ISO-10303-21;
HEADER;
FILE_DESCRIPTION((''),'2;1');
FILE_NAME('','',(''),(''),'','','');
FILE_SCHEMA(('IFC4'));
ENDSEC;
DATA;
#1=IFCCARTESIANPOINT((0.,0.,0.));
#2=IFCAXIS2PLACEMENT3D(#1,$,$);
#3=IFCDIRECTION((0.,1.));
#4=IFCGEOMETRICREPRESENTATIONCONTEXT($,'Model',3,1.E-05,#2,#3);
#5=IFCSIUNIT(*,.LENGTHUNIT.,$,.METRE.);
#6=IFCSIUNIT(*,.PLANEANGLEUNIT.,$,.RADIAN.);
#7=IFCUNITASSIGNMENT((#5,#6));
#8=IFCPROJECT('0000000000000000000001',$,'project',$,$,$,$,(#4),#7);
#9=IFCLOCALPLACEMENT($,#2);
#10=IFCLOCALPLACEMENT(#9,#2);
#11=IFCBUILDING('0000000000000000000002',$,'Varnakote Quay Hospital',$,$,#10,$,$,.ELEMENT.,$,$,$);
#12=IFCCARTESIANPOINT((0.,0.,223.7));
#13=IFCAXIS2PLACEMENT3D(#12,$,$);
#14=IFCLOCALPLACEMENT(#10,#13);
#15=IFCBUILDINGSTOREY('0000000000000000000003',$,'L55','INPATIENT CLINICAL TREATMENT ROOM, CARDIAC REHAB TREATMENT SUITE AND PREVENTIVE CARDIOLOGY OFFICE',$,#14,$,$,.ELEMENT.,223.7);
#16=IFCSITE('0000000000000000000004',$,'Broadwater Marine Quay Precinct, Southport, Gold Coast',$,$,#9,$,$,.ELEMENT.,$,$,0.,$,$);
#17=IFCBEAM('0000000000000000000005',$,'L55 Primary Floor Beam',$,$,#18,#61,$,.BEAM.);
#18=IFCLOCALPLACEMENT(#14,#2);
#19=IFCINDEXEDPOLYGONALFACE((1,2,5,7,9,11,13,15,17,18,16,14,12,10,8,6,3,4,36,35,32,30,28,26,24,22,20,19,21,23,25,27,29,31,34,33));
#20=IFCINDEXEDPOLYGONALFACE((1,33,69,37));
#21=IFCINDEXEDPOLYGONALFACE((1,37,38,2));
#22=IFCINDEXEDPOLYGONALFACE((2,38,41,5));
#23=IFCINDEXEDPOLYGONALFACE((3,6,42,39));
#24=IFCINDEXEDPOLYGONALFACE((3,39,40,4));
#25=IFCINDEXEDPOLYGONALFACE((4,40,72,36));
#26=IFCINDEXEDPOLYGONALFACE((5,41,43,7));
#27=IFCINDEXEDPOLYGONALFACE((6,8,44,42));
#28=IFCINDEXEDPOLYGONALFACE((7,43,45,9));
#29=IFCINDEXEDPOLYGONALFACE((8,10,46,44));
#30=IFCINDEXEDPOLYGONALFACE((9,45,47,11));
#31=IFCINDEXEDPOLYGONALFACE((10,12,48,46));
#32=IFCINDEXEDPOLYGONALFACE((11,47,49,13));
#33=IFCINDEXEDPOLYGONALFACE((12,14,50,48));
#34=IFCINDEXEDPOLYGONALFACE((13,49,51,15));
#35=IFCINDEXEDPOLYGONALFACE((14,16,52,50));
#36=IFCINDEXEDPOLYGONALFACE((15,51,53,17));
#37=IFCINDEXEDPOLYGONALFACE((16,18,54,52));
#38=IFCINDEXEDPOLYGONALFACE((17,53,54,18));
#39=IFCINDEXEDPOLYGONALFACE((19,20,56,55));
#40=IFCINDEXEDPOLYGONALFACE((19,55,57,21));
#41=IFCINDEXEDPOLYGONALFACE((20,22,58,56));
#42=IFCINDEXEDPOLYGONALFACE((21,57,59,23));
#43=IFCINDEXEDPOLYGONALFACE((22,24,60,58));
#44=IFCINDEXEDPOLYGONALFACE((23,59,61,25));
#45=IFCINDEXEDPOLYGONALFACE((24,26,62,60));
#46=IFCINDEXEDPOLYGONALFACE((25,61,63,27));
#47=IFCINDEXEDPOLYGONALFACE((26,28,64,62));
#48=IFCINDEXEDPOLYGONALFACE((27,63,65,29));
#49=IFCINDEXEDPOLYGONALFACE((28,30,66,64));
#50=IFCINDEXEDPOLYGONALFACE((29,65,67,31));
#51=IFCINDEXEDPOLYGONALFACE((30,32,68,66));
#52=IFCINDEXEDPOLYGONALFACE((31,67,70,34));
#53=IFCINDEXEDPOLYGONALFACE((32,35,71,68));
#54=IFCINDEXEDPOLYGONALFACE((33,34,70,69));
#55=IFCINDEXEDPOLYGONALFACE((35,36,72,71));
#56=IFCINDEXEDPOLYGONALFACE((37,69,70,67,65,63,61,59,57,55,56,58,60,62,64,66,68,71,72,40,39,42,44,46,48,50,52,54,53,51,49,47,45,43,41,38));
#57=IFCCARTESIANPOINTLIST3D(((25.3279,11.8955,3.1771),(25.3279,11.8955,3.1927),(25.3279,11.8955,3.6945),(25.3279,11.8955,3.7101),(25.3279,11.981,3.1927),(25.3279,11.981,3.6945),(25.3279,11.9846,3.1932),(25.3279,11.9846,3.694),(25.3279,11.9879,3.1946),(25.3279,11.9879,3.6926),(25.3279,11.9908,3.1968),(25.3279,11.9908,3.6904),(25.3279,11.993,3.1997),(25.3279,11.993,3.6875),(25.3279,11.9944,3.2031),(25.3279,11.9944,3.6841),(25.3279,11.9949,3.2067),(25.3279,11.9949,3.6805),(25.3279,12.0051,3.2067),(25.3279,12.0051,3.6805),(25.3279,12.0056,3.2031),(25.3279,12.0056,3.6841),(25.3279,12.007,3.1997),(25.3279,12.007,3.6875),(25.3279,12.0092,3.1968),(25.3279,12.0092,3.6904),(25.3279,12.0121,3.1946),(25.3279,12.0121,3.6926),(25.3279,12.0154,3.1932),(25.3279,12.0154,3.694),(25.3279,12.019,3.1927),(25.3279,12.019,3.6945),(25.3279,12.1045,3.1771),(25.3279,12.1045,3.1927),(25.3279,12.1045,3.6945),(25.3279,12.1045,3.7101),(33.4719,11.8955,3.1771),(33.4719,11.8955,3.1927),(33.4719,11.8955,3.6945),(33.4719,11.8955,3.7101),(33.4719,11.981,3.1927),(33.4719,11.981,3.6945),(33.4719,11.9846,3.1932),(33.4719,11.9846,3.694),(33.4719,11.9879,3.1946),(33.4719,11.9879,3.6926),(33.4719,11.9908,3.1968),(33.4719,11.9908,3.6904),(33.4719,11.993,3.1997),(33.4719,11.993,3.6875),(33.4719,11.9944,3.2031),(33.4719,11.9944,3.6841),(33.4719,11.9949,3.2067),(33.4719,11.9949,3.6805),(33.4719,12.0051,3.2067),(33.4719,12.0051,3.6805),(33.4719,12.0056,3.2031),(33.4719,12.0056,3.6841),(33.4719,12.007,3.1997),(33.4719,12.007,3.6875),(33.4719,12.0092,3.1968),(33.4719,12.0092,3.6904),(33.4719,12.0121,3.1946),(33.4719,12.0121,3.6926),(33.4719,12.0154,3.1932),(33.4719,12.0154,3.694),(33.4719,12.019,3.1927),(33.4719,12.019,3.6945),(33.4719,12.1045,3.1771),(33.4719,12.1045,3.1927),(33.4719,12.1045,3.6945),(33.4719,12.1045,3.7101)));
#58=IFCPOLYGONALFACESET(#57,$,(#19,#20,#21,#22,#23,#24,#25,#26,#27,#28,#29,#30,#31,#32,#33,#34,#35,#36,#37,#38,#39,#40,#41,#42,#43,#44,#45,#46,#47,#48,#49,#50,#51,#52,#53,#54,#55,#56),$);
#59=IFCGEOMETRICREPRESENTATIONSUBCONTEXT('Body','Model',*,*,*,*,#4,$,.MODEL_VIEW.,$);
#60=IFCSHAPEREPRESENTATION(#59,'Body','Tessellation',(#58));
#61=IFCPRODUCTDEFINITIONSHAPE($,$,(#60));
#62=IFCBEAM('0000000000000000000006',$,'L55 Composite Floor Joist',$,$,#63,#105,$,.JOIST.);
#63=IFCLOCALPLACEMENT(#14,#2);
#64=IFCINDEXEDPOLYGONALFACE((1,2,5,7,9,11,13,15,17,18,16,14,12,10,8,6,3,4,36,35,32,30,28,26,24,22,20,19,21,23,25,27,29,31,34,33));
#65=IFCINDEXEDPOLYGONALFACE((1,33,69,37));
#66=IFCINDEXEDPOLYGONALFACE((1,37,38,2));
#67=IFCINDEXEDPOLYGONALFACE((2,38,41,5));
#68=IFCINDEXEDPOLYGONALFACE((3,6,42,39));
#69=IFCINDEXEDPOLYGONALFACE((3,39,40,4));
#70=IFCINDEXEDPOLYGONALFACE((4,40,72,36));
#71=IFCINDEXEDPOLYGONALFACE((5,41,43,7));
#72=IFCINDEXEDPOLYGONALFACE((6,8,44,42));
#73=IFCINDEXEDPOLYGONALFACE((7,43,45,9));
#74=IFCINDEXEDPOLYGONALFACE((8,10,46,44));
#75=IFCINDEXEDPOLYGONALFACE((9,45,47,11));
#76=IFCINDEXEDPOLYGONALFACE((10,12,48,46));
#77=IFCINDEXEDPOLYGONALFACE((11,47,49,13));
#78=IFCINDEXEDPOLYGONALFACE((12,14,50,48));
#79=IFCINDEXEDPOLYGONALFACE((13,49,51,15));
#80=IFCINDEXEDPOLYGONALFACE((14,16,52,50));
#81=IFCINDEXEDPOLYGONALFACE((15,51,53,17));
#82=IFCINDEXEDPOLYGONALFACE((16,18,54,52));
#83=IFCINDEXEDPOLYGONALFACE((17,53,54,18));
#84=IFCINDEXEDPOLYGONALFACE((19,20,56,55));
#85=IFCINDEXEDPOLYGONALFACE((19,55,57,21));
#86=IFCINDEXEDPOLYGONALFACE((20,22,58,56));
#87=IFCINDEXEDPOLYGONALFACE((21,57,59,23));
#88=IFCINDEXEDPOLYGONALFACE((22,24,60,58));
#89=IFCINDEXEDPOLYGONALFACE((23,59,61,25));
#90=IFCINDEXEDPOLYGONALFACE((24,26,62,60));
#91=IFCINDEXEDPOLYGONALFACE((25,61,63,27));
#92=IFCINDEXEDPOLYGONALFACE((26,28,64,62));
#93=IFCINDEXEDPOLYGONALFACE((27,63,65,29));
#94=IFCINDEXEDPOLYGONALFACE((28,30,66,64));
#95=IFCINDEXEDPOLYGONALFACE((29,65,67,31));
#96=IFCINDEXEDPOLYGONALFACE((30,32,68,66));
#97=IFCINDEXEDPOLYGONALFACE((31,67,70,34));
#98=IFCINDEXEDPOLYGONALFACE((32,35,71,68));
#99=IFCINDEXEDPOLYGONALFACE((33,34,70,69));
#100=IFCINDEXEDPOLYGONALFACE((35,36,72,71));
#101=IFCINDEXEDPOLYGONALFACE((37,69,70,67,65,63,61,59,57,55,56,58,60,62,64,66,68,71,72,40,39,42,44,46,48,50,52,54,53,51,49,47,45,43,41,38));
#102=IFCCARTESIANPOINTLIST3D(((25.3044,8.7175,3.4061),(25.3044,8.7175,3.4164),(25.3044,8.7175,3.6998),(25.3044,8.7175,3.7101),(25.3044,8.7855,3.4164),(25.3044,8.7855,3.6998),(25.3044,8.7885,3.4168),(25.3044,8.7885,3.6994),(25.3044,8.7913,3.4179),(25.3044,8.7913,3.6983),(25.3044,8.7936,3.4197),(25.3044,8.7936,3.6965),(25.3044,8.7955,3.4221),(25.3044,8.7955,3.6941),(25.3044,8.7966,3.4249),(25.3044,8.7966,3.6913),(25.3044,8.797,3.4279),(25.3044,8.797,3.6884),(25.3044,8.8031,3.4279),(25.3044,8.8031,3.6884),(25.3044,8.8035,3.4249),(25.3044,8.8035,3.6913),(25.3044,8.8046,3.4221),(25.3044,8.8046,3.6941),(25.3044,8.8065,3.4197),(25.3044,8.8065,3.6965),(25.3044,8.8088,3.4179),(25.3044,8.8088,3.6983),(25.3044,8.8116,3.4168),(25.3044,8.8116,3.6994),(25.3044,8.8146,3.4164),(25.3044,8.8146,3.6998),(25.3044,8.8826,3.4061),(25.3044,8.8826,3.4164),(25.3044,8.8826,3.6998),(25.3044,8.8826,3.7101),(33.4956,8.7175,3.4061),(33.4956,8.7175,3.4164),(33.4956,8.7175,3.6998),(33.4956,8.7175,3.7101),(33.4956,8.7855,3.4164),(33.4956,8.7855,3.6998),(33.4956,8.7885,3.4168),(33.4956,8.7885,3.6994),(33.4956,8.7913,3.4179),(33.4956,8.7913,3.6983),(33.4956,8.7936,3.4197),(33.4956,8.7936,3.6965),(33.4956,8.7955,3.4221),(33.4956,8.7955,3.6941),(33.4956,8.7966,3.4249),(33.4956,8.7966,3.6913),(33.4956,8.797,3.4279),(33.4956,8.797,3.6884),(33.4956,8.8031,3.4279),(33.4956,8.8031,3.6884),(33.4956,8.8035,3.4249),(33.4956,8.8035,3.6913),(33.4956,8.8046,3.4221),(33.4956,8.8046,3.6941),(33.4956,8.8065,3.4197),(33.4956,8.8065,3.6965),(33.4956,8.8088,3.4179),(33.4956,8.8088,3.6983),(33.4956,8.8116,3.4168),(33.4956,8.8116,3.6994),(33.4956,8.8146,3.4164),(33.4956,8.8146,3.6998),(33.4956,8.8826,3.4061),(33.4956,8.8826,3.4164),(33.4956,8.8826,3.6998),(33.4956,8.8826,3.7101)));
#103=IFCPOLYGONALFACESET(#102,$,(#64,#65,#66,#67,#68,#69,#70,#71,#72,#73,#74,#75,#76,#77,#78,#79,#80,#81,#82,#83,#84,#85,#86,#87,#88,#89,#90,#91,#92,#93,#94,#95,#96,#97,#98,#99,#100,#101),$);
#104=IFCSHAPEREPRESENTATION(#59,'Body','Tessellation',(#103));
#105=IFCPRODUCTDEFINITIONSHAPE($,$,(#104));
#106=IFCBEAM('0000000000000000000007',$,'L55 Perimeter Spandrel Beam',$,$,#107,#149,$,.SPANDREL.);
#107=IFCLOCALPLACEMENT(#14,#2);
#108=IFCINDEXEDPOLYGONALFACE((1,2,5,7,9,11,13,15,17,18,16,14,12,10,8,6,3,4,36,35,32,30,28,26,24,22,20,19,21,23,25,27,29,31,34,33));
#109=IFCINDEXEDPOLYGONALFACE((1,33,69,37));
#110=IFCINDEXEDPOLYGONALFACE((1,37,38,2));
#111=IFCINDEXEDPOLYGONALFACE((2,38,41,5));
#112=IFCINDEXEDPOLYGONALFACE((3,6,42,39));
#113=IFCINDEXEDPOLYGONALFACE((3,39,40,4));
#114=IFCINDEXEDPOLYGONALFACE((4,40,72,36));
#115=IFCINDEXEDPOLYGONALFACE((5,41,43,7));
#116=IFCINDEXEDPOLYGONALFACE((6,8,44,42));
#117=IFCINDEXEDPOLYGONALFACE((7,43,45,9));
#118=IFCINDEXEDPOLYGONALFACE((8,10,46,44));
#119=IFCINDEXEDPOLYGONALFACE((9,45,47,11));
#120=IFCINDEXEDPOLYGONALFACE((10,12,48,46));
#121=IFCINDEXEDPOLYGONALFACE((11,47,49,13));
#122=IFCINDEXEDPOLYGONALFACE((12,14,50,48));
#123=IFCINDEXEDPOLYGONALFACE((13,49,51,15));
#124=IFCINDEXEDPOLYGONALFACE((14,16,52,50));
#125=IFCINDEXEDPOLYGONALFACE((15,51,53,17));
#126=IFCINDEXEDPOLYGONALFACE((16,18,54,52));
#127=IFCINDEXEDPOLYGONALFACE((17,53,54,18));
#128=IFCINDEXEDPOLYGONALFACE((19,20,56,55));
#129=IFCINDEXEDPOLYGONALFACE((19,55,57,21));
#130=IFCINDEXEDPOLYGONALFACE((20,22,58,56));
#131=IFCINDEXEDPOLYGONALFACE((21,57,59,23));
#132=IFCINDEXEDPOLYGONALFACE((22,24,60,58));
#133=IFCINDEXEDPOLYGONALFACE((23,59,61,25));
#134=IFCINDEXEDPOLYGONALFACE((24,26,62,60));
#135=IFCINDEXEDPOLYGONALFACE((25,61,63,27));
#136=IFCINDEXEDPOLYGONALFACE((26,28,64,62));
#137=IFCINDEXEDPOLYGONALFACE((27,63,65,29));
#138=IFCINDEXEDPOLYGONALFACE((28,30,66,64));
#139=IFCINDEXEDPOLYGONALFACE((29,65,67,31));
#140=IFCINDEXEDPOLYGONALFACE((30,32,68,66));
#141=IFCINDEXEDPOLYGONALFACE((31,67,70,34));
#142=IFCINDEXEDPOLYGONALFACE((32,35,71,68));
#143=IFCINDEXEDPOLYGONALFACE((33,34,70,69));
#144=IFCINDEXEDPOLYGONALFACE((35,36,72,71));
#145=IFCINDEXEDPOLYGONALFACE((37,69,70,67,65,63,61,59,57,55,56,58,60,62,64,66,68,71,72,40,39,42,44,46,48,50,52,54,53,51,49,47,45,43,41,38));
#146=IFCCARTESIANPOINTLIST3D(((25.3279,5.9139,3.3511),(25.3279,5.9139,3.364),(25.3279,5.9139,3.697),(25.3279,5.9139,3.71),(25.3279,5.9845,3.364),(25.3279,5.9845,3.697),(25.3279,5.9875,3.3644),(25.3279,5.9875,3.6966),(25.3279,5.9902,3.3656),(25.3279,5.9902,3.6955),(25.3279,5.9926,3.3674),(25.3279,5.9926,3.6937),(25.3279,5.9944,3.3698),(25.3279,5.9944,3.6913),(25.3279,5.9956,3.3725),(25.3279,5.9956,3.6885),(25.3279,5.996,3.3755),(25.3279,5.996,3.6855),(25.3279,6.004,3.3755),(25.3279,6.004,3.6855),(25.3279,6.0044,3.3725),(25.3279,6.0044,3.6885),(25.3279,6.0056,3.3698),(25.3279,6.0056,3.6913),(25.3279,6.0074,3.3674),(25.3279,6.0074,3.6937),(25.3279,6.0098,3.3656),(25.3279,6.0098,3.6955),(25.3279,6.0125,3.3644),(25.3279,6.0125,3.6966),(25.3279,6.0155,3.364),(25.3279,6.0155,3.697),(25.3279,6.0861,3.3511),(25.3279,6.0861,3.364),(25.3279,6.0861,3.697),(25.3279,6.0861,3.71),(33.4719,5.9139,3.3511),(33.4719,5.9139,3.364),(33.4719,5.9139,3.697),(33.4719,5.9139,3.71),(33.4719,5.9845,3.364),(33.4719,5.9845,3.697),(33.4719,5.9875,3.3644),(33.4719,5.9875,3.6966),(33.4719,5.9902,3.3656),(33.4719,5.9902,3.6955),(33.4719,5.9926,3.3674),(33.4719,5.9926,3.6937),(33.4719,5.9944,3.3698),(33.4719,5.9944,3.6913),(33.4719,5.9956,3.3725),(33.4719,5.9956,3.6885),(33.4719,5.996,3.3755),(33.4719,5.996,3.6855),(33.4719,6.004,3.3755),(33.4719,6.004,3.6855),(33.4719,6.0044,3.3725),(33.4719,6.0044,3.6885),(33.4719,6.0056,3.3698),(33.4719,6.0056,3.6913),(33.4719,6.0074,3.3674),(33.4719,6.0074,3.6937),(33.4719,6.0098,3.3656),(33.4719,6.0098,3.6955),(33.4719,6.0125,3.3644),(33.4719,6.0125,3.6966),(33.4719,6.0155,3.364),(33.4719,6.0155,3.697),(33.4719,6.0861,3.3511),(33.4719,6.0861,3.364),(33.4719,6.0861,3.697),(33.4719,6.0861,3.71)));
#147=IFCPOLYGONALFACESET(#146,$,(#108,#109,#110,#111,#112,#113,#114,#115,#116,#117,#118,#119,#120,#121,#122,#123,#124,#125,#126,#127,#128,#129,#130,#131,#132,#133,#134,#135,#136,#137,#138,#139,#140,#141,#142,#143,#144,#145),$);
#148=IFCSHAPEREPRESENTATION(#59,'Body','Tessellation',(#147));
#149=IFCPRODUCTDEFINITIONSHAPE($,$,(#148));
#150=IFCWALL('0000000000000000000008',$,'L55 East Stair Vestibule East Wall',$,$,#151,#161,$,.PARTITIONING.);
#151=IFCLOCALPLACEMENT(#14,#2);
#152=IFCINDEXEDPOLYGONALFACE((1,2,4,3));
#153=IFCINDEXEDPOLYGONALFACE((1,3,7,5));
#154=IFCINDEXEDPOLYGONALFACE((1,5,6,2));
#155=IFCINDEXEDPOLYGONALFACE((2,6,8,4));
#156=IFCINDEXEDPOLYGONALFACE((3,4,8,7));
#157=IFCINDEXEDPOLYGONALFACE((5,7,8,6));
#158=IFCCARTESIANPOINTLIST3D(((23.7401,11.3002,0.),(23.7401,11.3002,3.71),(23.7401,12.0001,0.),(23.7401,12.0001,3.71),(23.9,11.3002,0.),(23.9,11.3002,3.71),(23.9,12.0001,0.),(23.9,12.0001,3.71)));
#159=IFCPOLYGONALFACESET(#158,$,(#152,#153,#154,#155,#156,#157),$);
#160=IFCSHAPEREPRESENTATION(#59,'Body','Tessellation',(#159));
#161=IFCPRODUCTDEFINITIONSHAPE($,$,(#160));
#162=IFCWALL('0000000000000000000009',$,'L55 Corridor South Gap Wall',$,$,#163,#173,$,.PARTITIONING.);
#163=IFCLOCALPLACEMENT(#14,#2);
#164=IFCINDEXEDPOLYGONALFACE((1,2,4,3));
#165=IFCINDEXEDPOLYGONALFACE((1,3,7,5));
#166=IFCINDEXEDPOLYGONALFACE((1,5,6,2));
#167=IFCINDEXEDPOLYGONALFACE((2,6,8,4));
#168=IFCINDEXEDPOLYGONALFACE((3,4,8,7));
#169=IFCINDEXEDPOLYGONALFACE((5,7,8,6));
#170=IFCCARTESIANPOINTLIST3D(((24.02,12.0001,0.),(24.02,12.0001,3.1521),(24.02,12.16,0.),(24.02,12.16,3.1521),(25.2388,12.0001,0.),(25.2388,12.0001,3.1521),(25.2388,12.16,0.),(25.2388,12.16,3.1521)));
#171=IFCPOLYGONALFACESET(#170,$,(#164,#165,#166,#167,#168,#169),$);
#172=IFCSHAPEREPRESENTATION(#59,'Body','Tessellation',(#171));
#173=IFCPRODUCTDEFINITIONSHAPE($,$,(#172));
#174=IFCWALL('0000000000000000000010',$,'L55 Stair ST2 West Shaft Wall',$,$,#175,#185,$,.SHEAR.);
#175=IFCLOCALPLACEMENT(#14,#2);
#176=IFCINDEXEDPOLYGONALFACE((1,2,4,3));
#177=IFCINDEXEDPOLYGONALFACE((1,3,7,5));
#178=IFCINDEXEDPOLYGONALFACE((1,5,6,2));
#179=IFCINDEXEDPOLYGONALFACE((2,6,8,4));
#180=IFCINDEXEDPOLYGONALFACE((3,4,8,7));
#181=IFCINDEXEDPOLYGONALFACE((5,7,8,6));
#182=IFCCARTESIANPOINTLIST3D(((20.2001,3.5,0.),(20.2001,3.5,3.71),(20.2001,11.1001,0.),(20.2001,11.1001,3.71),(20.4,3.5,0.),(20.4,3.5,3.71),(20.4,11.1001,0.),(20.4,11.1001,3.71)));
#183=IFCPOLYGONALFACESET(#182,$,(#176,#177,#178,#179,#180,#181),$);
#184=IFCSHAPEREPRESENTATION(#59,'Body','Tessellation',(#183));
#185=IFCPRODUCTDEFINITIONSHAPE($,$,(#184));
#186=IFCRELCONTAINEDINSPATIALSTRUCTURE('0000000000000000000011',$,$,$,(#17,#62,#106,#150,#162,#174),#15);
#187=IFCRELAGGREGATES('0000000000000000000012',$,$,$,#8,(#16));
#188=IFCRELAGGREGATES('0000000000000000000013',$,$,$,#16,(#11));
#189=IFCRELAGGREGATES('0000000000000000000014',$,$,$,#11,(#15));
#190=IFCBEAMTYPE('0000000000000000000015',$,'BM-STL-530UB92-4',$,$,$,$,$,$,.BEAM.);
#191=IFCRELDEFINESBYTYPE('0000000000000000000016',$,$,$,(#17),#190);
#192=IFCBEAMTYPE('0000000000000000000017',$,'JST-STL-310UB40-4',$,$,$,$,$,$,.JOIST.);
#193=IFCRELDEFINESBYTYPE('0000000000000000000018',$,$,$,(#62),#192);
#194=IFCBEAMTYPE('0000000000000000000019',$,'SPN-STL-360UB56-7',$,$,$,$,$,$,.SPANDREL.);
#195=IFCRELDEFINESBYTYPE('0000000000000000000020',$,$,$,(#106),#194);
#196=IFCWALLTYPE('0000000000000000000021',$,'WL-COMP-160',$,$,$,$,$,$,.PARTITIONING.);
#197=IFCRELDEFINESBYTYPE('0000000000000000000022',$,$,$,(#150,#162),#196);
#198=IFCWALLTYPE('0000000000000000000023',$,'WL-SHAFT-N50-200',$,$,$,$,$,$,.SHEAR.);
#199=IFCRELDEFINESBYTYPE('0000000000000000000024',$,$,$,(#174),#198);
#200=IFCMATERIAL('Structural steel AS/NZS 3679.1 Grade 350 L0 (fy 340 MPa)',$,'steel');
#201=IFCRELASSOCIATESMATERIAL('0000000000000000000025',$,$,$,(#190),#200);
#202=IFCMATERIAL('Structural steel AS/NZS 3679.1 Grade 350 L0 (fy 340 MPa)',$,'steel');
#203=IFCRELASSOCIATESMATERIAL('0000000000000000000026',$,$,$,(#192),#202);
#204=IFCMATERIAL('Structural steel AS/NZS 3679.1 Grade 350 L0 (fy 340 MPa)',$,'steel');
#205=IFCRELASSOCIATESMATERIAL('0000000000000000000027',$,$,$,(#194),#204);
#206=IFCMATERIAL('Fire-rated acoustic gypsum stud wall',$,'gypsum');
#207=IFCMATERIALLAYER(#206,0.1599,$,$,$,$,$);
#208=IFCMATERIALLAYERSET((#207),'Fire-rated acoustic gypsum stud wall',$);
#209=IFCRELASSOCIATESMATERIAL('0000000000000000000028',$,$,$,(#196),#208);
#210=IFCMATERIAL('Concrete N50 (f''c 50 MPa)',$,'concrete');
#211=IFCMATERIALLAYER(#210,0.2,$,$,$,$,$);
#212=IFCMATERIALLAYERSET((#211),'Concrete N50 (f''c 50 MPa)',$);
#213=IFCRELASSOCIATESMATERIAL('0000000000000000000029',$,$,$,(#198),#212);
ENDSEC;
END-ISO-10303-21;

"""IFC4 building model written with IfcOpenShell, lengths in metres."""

from ifc_helpers import new_model, si_unit, direction, frame, frame_2d, origin, origin_2d, place, context, subcontext, project, spatial, rectangle, i_section, extrude, material, layer, layer_set, material_profile, profile_set, type_object, element, save


model = new_model("IFC4")

# Units and contexts
model_context = context("Model", 3, precision=1e-05, world=origin(), true_north=direction((0.0, 1.0)))
body_context = subcontext(model_context, "Body", "Model", "MODEL_VIEW")
ifc_project = project(units=[si_unit("LENGTHUNIT", "METRE"), si_unit("PLANEANGLEUNIT", "RADIAN")], contexts=[model_context])

# Site, building, storey
site_placement = place(None, origin())
site = spatial("IfcSite", under=ifc_project, at=site_placement, Name="Broadwater Marine Quay Precinct, Southport, Gold Coast", CompositionType="ELEMENT", RefElevation=0.0)
building_placement = place(site_placement, origin())
building = spatial("IfcBuilding", under=site, at=building_placement, Name="Varnakote Quay Hospital", CompositionType="ELEMENT")
storey_placement = place(building_placement, frame((0.0, 0.0, 223.7)))
storey = spatial("IfcBuildingStorey", under=building, at=storey_placement, Name="L55", Description="INPATIENT CLINICAL TREATMENT ROOM, CARDIAC REHAB TREATMENT SUITE AND PREVENTIVE CARDIOLOGY OFFICE", CompositionType="ELEMENT", Elevation=223.7)

# Beams
ifc_material_1 = material(Name="Structural steel AS/NZS 3679.1 Grade 350 L0 (fy 340 MPa)", Category="steel")
ifc_material_profile_1 = material_profile(ifc_material_1, i_section(OverallWidth=0.209, OverallDepth=0.533, WebThickness=0.0103, FlangeThickness=0.0156, FilletRadius=0.0139, at=origin_2d()), Name="530UB92.4")
ifc_profile_set_1 = profile_set([ifc_material_profile_1], Name="Structural steel AS/NZS 3679.1 Grade 350 L0 (fy 340 MPa)")
beam_type_1 = type_object("IfcBeamType", Name="BM-STL-530UB92-4", PredefinedType="BEAM", material=ifc_profile_set_1)
beam_1_placement = place(storey_placement, frame((25.3279, 12.0, 3.4436), z_axis=(1.0, 0.0, 0.0), x_axis=(0.0, 1.0, 0.0)))
element("IfcBeam", 1, at=beam_1_placement, inside=storey, type_object=beam_type_1, Name="L55 Primary Floor Beam", PredefinedType="BEAM", context=body_context, shape_type="SweptSolid", body=[
    extrude(i_section(OverallWidth=0.209, OverallDepth=0.533, WebThickness=0.0103, FlangeThickness=0.0156, FilletRadius=0.0139, at=origin_2d()), origin(), (0.0, 0.0, 1.0), 8.144),
])
ifc_material_2 = material(Name="Structural steel AS/NZS 3679.1 Grade 350 L0 (fy 340 MPa)", Category="steel")
ifc_material_profile_2 = material_profile(ifc_material_2, i_section(OverallWidth=0.165, OverallDepth=0.304, WebThickness=0.0061, FlangeThickness=0.0103, FilletRadius=0.0115, at=origin_2d()), Name="310UB40.4")
ifc_profile_set_2 = profile_set([ifc_material_profile_2], Name="Structural steel AS/NZS 3679.1 Grade 350 L0 (fy 340 MPa)")
beam_type_2 = type_object("IfcBeamType", Name="JST-STL-310UB40-4", PredefinedType="JOIST", material=ifc_profile_set_2)
beam_2_placement = place(storey_placement, frame((25.3044, 8.8, 3.5581), z_axis=(1.0, 0.0, 0.0), x_axis=(0.0, 1.0, 0.0)))
element("IfcBeam", 2, at=beam_2_placement, inside=storey, type_object=beam_type_2, Name="L55 Composite Floor Joist", PredefinedType="JOIST", context=body_context, shape_type="SweptSolid", body=[
    extrude(i_section(OverallWidth=0.165, OverallDepth=0.304, WebThickness=0.0061, FlangeThickness=0.0103, FilletRadius=0.0115, at=origin_2d()), origin(), (0.0, 0.0, 1.0), 8.1912),
])
ifc_material_3 = material(Name="Structural steel AS/NZS 3679.1 Grade 350 L0 (fy 340 MPa)", Category="steel")
ifc_material_profile_3 = material_profile(ifc_material_3, i_section(OverallWidth=0.1721, OverallDepth=0.3589, WebThickness=0.0081, FlangeThickness=0.0129, FilletRadius=0.0115, at=origin_2d()), Name="360UB56.7")
ifc_profile_set_3 = profile_set([ifc_material_profile_3], Name="Structural steel AS/NZS 3679.1 Grade 350 L0 (fy 340 MPa)")
beam_type_3 = type_object("IfcBeamType", Name="SPN-STL-360UB56-7", PredefinedType="SPANDREL", material=ifc_profile_set_3)
beam_3_placement = place(storey_placement, frame((25.3279, 6.0, 3.5305), z_axis=(1.0, 0.0, 0.0), x_axis=(0.0, 1.0, 0.0)))
element("IfcBeam", 3, at=beam_3_placement, inside=storey, type_object=beam_type_3, Name="L55 Perimeter Spandrel Beam", PredefinedType="SPANDREL", context=body_context, shape_type="SweptSolid", body=[
    extrude(i_section(OverallWidth=0.1721, OverallDepth=0.3589, WebThickness=0.0081, FlangeThickness=0.0129, FilletRadius=0.0115, at=origin_2d()), origin(), (0.0, 0.0, 1.0), 8.144),
])

# Walls
ifc_material_4 = material(Name="Fire-rated acoustic gypsum stud wall", Category="gypsum")
ifc_layer_1 = layer(ifc_material_4, 0.1599)
ifc_layer_set_1 = layer_set([ifc_layer_1], Name="Fire-rated acoustic gypsum stud wall")
wall_type_1 = type_object("IfcWallType", Name="WL-COMP-160", PredefinedType="PARTITIONING", material=ifc_layer_set_1)
wall_1_placement = place(storey_placement, frame((23.8201, 11.3, 0.0), z_axis=(0.0, 0.0, 1.0), x_axis=(0.0, 1.0, 0.0)))
element("IfcWall", 4, at=wall_1_placement, inside=storey, type_object=wall_type_1, Name="L55 East Stair Vestibule East Wall", PredefinedType="PARTITIONING", context=body_context, shape_type="SweptSolid", body=[
    extrude(rectangle(XDim=0.7, YDim=0.1599, at=frame_2d((0.3501, 0.0))), origin(), (0.0, 0.0, 1.0), 3.71),
])
wall_2_placement = place(storey_placement, frame((24.02, 12.0801, 0.0), z_axis=(0.0, 0.0, 1.0), x_axis=(1.0, 0.0, 0.0)))
element("IfcWall", 5, at=wall_2_placement, inside=storey, type_object=wall_type_1, Name="L55 Corridor South Gap Wall", PredefinedType="PARTITIONING", context=body_context, shape_type="SweptSolid", body=[
    extrude(rectangle(XDim=1.2188, YDim=0.1599, at=frame_2d((0.6094, 0.0))), origin(), (0.0, 0.0, 1.0), 3.1521),
])
ifc_material_5 = material(Name="Concrete N50 (f'c 50 MPa)", Category="concrete")
ifc_layer_2 = layer(ifc_material_5, 0.2)
ifc_layer_set_2 = layer_set([ifc_layer_2], Name="Concrete N50 (f'c 50 MPa)")
wall_type_2 = type_object("IfcWallType", Name="WL-SHAFT-N50-200", PredefinedType="SHEAR", material=ifc_layer_set_2)
for number, where, z_axis, x_axis, name in (
    (6, (20.3, 3.5, 0.0), (0.0, 0.0, 1.0), (0.0, 1.0, 0.0), "L55 Stair ST2 West Shaft Wall"),
):
    element("IfcWall", number, at=place(storey_placement, frame(where, z_axis=z_axis, x_axis=x_axis)), inside=storey, type_object=wall_type_2, Name=name, PredefinedType="SHEAR", context=body_context, shape_type="SweptSolid", body=[
        extrude(rectangle(XDim=7.6001, YDim=0.2, at=frame_2d((3.8, 0.0))), origin(), (0.0, 0.0, 1.0), 3.71),
    ])

save(model, "model.ifc")
